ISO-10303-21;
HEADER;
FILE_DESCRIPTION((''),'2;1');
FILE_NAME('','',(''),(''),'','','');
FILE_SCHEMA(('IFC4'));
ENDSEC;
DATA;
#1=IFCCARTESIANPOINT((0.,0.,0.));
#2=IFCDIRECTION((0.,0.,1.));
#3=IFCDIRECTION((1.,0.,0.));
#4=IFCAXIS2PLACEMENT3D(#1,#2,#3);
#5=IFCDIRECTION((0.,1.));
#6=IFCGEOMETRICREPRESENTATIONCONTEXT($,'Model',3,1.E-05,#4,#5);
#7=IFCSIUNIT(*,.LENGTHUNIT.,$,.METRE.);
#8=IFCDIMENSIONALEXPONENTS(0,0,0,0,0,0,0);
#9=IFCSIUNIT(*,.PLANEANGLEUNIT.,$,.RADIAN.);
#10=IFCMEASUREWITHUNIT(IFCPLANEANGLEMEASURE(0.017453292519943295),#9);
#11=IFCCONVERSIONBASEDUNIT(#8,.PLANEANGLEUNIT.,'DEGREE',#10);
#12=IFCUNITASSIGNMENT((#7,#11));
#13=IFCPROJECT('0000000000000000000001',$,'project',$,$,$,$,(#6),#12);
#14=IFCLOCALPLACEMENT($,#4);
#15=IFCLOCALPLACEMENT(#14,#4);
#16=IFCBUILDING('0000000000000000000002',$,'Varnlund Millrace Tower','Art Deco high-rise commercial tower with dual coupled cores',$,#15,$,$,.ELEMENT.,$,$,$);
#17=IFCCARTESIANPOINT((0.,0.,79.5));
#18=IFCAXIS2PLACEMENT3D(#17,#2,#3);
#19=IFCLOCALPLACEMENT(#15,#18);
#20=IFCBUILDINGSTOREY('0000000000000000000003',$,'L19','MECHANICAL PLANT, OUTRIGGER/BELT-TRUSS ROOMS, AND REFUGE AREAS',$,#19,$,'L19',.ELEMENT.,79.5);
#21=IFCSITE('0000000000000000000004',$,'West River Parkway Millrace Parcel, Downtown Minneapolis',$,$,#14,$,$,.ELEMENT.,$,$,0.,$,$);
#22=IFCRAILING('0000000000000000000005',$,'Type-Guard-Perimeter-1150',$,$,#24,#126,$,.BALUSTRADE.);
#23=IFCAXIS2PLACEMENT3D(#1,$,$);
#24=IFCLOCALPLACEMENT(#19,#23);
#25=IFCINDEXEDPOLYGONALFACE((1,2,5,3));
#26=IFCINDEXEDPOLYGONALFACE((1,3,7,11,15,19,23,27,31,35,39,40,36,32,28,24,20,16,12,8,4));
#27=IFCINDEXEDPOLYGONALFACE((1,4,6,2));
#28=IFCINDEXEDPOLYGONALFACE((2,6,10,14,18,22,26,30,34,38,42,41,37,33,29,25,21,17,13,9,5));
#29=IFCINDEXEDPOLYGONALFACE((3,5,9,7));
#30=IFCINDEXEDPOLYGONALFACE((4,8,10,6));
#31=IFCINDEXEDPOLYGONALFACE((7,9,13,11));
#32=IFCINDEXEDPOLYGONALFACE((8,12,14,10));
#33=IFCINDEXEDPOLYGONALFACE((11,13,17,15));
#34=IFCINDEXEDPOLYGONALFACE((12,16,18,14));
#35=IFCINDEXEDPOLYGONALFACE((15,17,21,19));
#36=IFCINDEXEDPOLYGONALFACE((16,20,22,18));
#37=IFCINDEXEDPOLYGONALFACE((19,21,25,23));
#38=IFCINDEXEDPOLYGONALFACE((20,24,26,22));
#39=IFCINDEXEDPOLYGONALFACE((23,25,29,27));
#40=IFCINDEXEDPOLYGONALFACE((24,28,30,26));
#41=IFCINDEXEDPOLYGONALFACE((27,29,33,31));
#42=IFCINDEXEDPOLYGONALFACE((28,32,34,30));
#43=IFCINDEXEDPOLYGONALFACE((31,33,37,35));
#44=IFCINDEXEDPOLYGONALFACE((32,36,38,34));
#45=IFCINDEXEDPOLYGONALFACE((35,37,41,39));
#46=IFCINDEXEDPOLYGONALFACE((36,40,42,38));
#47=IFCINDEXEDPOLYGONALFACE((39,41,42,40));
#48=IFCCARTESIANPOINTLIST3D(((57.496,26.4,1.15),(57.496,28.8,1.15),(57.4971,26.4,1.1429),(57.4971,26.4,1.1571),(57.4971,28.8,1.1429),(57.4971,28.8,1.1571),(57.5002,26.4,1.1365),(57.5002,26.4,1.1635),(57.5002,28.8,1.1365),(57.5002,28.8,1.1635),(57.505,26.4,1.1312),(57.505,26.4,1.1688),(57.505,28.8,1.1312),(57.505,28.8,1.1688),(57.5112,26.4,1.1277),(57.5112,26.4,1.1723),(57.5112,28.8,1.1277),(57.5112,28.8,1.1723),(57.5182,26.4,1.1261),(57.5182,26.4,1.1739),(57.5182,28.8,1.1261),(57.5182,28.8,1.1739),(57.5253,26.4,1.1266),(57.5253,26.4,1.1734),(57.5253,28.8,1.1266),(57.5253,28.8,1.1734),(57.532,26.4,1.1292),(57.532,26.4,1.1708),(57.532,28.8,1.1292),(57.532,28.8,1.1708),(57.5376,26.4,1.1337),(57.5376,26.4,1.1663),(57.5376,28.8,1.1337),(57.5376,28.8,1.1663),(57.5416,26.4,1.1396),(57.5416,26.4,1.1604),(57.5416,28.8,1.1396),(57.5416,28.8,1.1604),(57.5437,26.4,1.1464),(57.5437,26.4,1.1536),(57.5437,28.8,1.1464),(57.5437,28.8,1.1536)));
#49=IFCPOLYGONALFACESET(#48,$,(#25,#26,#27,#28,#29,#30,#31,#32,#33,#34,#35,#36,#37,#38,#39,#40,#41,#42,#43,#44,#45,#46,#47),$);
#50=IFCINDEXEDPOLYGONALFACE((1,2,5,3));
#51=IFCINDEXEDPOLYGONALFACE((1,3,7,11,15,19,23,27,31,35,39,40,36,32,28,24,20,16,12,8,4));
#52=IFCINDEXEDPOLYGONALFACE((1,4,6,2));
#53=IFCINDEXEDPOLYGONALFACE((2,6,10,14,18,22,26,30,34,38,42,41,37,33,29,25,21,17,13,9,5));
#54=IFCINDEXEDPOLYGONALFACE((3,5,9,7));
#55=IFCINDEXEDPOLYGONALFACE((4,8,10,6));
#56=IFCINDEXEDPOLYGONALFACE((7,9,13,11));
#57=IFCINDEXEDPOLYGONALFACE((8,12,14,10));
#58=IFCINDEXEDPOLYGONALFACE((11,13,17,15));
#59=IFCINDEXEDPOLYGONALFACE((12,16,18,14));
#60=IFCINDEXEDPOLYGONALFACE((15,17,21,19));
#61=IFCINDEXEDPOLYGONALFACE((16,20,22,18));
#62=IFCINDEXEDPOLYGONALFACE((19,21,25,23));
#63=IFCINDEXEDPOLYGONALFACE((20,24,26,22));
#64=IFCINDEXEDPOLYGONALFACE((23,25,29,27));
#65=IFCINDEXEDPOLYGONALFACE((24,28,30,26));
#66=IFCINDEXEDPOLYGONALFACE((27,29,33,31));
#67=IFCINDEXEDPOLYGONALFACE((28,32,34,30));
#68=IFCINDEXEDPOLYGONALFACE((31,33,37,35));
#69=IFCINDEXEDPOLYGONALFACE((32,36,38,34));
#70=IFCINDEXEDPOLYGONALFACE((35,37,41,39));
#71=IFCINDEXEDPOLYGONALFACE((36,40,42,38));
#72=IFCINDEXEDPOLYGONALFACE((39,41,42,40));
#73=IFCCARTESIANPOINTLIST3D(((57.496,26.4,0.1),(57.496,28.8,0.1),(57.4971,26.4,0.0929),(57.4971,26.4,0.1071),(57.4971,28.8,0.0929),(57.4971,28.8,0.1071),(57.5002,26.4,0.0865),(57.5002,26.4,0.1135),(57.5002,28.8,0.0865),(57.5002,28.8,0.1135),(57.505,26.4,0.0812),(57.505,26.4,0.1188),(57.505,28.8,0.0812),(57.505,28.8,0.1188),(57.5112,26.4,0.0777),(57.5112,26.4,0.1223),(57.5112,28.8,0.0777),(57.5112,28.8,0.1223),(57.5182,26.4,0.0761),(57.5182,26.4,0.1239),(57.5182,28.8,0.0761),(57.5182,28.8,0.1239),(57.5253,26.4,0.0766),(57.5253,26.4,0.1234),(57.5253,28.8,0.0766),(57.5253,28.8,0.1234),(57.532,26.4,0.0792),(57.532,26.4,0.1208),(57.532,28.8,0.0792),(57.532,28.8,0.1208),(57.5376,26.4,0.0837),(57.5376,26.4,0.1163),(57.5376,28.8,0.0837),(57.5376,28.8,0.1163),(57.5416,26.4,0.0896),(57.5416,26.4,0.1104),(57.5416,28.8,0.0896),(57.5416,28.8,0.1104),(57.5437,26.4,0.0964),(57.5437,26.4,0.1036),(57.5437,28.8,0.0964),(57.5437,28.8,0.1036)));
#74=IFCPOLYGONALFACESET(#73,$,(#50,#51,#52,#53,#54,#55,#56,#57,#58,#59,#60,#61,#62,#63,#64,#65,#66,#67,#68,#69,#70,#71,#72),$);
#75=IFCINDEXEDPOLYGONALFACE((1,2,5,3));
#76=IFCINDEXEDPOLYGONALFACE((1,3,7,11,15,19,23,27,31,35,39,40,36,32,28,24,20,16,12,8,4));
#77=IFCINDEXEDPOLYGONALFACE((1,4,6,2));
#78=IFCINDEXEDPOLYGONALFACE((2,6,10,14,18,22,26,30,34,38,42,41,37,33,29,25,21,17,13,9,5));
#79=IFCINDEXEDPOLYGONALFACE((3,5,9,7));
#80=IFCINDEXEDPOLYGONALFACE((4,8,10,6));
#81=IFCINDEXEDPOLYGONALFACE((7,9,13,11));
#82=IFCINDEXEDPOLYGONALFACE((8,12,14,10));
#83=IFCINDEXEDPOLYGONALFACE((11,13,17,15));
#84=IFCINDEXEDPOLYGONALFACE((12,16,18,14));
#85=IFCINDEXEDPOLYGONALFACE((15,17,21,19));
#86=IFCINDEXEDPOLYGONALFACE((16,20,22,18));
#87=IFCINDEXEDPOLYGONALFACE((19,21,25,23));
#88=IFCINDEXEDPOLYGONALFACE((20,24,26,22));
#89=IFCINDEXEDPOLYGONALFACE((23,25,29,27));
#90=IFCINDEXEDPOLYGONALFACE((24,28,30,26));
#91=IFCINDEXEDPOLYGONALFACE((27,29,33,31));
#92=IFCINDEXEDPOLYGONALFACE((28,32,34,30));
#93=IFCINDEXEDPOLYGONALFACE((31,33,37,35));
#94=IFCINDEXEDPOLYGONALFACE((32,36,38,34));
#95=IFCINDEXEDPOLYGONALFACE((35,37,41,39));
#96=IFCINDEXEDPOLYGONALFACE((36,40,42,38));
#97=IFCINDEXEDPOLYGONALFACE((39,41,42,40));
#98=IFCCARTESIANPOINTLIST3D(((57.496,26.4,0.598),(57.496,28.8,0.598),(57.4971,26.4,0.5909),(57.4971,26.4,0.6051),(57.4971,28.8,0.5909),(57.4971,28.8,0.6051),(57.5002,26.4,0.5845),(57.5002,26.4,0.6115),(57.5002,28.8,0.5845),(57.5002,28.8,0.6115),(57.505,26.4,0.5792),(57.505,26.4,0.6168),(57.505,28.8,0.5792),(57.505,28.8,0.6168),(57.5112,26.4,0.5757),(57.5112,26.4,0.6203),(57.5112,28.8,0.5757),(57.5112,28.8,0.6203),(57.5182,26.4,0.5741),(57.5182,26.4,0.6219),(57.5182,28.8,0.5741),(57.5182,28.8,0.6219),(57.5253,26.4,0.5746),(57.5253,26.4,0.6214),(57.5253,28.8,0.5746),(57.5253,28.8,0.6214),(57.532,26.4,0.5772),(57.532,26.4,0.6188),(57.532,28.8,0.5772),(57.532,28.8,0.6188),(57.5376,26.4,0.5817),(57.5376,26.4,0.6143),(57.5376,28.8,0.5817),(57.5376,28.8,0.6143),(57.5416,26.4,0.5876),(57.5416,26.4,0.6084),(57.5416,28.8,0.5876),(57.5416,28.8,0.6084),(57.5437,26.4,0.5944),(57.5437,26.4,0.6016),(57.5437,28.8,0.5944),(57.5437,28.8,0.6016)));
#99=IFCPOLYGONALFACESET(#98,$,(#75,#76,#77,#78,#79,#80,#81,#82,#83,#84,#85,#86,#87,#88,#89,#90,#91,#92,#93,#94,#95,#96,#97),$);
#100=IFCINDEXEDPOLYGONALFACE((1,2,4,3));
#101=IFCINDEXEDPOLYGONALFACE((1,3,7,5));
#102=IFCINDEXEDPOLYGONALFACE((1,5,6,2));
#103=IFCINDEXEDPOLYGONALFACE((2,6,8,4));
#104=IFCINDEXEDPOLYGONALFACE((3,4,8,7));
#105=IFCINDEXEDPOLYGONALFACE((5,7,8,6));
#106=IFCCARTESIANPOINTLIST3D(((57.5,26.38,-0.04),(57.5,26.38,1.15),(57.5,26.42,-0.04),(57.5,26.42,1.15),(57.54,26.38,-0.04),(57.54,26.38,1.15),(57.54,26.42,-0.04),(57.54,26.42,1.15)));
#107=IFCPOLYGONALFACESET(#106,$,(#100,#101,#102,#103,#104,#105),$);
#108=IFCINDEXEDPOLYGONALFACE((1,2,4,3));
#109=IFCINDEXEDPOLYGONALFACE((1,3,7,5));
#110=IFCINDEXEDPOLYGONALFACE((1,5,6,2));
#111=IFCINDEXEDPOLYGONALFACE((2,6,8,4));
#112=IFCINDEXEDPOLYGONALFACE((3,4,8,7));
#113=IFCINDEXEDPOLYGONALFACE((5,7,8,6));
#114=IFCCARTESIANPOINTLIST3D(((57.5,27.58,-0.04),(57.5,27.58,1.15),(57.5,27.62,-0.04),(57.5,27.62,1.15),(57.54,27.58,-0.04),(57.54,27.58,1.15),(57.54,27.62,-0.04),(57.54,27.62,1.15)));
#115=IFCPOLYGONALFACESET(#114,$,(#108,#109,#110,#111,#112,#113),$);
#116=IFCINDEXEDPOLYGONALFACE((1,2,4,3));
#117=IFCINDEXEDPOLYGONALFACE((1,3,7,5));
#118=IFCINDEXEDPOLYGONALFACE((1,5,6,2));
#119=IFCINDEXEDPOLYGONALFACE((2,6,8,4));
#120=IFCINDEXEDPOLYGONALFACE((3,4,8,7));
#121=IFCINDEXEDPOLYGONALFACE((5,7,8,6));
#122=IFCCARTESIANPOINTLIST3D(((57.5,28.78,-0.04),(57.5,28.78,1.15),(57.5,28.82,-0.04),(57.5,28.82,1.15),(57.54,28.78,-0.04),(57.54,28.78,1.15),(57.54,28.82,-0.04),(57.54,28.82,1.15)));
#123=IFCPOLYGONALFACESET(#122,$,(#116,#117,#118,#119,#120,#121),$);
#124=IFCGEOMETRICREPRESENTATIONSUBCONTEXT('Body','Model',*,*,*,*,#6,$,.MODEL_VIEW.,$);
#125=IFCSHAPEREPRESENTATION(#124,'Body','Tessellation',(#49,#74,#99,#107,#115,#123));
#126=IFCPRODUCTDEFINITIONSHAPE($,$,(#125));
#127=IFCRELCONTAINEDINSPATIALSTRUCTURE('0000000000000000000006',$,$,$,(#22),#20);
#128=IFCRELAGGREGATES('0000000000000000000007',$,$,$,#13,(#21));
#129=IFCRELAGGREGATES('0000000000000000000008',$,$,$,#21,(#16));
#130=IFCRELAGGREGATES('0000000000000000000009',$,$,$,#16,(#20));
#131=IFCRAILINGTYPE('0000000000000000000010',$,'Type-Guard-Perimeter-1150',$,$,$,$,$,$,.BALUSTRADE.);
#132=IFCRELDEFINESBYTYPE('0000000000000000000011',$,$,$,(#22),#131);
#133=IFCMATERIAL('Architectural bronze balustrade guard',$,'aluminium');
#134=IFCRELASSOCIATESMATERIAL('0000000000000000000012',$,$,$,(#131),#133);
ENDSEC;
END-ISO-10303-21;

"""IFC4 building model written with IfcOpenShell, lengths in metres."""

from ifc_helpers import new_model, entity, si_unit, converted_unit, direction, frame, origin_with_axes, origin_2d_with_axis, place, context, subcontext, project, spatial, rectangle, circle, extrude, material, type_object, element, save


model = new_model("IFC4")

# Units and contexts
model_context = context("Model", 3, precision=1e-05, world=origin_with_axes(), true_north=direction((0.0, 1.0)))
body_context = subcontext(model_context, "Body", "Model", "MODEL_VIEW")
ifc_project = project(units=[si_unit("LENGTHUNIT", "METRE"), converted_unit("PLANEANGLEUNIT", "DEGREE", entity("IfcPlaneAngleMeasure", 0.017453292519943295), si_unit("PLANEANGLEUNIT", "RADIAN"), dimensions=[0, 0, 0, 0, 0, 0, 0])], contexts=[model_context])

# Site, building, storey
site_placement = place(None, origin_with_axes())
site = spatial("IfcSite", under=ifc_project, at=site_placement, Name="West River Parkway Millrace Parcel, Downtown Minneapolis", CompositionType="ELEMENT", RefElevation=0.0)
building_placement = place(site_placement, origin_with_axes())
building = spatial("IfcBuilding", under=site, at=building_placement, Name="Varnlund Millrace Tower", Description="Art Deco high-rise commercial tower with dual coupled cores", CompositionType="ELEMENT")
storey_placement = place(building_placement, frame((0.0, 0.0, 79.5), z_axis=(0.0, 0.0, 1.0), x_axis=(1.0, 0.0, 0.0)))
storey = spatial("IfcBuildingStorey", under=building, at=storey_placement, Name="L19", Description="MECHANICAL PLANT, OUTRIGGER/BELT-TRUSS ROOMS, AND REFUGE AREAS", LongName="L19", CompositionType="ELEMENT", Elevation=79.5)

# Railing
ifc_material_1 = material(Name="Architectural bronze balustrade guard", Category="aluminium")
railing_type = type_object("IfcRailingType", Name="Type-Guard-Perimeter-1150", PredefinedType="BALUSTRADE", material=ifc_material_1)
railing_1_placement = place(storey_placement, frame((0.0, 0.0, -79.5), z_axis=(0.0, 0.0, 1.0), x_axis=(1.0, 0.0, 0.0)))
element("IfcRailing", 1, at=railing_1_placement, inside=storey, type_object=railing_type, Name="Type-Guard-Perimeter-1150", PredefinedType="BALUSTRADE", context=body_context, shape_type="SweptSolid", body=[
    extrude(circle(Radius=0.024, at=origin_2d_with_axis()), frame((57.52, 26.4, 80.65), z_axis=(0.0, 1.0, 0.0), x_axis=(-1.0, 0.0, 0.0)), (0.0, 0.0, 1.0), 2.4),
    extrude(circle(Radius=0.024, at=origin_2d_with_axis()), frame((57.52, 26.4, 79.6), z_axis=(0.0, 1.0, 0.0), x_axis=(-1.0, 0.0, 0.0)), (0.0, 0.0, 1.0), 2.4),
    extrude(circle(Radius=0.024, at=origin_2d_with_axis()), frame((57.52, 26.4, 80.098), z_axis=(0.0, 1.0, 0.0), x_axis=(-1.0, 0.0, 0.0)), (0.0, 0.0, 1.0), 2.4),
    extrude(rectangle(XDim=0.04, YDim=0.04, at=origin_2d_with_axis()), frame((57.52, 26.4, 79.46), z_axis=(0.0, 0.0, 1.0), x_axis=(1.0, 0.0, 0.0)), (0.0, 0.0, 1.0), 1.19),
    extrude(rectangle(XDim=0.04, YDim=0.04, at=origin_2d_with_axis()), frame((57.52, 27.6, 79.46), z_axis=(0.0, 0.0, 1.0), x_axis=(1.0, 0.0, 0.0)), (0.0, 0.0, 1.0), 1.19),
    extrude(rectangle(XDim=0.04, YDim=0.04, at=origin_2d_with_axis()), frame((57.52, 28.8, 79.46), z_axis=(0.0, 0.0, 1.0), x_axis=(1.0, 0.0, 0.0)), (0.0, 0.0, 1.0), 1.19),
])

save(model, "model.ifc")
